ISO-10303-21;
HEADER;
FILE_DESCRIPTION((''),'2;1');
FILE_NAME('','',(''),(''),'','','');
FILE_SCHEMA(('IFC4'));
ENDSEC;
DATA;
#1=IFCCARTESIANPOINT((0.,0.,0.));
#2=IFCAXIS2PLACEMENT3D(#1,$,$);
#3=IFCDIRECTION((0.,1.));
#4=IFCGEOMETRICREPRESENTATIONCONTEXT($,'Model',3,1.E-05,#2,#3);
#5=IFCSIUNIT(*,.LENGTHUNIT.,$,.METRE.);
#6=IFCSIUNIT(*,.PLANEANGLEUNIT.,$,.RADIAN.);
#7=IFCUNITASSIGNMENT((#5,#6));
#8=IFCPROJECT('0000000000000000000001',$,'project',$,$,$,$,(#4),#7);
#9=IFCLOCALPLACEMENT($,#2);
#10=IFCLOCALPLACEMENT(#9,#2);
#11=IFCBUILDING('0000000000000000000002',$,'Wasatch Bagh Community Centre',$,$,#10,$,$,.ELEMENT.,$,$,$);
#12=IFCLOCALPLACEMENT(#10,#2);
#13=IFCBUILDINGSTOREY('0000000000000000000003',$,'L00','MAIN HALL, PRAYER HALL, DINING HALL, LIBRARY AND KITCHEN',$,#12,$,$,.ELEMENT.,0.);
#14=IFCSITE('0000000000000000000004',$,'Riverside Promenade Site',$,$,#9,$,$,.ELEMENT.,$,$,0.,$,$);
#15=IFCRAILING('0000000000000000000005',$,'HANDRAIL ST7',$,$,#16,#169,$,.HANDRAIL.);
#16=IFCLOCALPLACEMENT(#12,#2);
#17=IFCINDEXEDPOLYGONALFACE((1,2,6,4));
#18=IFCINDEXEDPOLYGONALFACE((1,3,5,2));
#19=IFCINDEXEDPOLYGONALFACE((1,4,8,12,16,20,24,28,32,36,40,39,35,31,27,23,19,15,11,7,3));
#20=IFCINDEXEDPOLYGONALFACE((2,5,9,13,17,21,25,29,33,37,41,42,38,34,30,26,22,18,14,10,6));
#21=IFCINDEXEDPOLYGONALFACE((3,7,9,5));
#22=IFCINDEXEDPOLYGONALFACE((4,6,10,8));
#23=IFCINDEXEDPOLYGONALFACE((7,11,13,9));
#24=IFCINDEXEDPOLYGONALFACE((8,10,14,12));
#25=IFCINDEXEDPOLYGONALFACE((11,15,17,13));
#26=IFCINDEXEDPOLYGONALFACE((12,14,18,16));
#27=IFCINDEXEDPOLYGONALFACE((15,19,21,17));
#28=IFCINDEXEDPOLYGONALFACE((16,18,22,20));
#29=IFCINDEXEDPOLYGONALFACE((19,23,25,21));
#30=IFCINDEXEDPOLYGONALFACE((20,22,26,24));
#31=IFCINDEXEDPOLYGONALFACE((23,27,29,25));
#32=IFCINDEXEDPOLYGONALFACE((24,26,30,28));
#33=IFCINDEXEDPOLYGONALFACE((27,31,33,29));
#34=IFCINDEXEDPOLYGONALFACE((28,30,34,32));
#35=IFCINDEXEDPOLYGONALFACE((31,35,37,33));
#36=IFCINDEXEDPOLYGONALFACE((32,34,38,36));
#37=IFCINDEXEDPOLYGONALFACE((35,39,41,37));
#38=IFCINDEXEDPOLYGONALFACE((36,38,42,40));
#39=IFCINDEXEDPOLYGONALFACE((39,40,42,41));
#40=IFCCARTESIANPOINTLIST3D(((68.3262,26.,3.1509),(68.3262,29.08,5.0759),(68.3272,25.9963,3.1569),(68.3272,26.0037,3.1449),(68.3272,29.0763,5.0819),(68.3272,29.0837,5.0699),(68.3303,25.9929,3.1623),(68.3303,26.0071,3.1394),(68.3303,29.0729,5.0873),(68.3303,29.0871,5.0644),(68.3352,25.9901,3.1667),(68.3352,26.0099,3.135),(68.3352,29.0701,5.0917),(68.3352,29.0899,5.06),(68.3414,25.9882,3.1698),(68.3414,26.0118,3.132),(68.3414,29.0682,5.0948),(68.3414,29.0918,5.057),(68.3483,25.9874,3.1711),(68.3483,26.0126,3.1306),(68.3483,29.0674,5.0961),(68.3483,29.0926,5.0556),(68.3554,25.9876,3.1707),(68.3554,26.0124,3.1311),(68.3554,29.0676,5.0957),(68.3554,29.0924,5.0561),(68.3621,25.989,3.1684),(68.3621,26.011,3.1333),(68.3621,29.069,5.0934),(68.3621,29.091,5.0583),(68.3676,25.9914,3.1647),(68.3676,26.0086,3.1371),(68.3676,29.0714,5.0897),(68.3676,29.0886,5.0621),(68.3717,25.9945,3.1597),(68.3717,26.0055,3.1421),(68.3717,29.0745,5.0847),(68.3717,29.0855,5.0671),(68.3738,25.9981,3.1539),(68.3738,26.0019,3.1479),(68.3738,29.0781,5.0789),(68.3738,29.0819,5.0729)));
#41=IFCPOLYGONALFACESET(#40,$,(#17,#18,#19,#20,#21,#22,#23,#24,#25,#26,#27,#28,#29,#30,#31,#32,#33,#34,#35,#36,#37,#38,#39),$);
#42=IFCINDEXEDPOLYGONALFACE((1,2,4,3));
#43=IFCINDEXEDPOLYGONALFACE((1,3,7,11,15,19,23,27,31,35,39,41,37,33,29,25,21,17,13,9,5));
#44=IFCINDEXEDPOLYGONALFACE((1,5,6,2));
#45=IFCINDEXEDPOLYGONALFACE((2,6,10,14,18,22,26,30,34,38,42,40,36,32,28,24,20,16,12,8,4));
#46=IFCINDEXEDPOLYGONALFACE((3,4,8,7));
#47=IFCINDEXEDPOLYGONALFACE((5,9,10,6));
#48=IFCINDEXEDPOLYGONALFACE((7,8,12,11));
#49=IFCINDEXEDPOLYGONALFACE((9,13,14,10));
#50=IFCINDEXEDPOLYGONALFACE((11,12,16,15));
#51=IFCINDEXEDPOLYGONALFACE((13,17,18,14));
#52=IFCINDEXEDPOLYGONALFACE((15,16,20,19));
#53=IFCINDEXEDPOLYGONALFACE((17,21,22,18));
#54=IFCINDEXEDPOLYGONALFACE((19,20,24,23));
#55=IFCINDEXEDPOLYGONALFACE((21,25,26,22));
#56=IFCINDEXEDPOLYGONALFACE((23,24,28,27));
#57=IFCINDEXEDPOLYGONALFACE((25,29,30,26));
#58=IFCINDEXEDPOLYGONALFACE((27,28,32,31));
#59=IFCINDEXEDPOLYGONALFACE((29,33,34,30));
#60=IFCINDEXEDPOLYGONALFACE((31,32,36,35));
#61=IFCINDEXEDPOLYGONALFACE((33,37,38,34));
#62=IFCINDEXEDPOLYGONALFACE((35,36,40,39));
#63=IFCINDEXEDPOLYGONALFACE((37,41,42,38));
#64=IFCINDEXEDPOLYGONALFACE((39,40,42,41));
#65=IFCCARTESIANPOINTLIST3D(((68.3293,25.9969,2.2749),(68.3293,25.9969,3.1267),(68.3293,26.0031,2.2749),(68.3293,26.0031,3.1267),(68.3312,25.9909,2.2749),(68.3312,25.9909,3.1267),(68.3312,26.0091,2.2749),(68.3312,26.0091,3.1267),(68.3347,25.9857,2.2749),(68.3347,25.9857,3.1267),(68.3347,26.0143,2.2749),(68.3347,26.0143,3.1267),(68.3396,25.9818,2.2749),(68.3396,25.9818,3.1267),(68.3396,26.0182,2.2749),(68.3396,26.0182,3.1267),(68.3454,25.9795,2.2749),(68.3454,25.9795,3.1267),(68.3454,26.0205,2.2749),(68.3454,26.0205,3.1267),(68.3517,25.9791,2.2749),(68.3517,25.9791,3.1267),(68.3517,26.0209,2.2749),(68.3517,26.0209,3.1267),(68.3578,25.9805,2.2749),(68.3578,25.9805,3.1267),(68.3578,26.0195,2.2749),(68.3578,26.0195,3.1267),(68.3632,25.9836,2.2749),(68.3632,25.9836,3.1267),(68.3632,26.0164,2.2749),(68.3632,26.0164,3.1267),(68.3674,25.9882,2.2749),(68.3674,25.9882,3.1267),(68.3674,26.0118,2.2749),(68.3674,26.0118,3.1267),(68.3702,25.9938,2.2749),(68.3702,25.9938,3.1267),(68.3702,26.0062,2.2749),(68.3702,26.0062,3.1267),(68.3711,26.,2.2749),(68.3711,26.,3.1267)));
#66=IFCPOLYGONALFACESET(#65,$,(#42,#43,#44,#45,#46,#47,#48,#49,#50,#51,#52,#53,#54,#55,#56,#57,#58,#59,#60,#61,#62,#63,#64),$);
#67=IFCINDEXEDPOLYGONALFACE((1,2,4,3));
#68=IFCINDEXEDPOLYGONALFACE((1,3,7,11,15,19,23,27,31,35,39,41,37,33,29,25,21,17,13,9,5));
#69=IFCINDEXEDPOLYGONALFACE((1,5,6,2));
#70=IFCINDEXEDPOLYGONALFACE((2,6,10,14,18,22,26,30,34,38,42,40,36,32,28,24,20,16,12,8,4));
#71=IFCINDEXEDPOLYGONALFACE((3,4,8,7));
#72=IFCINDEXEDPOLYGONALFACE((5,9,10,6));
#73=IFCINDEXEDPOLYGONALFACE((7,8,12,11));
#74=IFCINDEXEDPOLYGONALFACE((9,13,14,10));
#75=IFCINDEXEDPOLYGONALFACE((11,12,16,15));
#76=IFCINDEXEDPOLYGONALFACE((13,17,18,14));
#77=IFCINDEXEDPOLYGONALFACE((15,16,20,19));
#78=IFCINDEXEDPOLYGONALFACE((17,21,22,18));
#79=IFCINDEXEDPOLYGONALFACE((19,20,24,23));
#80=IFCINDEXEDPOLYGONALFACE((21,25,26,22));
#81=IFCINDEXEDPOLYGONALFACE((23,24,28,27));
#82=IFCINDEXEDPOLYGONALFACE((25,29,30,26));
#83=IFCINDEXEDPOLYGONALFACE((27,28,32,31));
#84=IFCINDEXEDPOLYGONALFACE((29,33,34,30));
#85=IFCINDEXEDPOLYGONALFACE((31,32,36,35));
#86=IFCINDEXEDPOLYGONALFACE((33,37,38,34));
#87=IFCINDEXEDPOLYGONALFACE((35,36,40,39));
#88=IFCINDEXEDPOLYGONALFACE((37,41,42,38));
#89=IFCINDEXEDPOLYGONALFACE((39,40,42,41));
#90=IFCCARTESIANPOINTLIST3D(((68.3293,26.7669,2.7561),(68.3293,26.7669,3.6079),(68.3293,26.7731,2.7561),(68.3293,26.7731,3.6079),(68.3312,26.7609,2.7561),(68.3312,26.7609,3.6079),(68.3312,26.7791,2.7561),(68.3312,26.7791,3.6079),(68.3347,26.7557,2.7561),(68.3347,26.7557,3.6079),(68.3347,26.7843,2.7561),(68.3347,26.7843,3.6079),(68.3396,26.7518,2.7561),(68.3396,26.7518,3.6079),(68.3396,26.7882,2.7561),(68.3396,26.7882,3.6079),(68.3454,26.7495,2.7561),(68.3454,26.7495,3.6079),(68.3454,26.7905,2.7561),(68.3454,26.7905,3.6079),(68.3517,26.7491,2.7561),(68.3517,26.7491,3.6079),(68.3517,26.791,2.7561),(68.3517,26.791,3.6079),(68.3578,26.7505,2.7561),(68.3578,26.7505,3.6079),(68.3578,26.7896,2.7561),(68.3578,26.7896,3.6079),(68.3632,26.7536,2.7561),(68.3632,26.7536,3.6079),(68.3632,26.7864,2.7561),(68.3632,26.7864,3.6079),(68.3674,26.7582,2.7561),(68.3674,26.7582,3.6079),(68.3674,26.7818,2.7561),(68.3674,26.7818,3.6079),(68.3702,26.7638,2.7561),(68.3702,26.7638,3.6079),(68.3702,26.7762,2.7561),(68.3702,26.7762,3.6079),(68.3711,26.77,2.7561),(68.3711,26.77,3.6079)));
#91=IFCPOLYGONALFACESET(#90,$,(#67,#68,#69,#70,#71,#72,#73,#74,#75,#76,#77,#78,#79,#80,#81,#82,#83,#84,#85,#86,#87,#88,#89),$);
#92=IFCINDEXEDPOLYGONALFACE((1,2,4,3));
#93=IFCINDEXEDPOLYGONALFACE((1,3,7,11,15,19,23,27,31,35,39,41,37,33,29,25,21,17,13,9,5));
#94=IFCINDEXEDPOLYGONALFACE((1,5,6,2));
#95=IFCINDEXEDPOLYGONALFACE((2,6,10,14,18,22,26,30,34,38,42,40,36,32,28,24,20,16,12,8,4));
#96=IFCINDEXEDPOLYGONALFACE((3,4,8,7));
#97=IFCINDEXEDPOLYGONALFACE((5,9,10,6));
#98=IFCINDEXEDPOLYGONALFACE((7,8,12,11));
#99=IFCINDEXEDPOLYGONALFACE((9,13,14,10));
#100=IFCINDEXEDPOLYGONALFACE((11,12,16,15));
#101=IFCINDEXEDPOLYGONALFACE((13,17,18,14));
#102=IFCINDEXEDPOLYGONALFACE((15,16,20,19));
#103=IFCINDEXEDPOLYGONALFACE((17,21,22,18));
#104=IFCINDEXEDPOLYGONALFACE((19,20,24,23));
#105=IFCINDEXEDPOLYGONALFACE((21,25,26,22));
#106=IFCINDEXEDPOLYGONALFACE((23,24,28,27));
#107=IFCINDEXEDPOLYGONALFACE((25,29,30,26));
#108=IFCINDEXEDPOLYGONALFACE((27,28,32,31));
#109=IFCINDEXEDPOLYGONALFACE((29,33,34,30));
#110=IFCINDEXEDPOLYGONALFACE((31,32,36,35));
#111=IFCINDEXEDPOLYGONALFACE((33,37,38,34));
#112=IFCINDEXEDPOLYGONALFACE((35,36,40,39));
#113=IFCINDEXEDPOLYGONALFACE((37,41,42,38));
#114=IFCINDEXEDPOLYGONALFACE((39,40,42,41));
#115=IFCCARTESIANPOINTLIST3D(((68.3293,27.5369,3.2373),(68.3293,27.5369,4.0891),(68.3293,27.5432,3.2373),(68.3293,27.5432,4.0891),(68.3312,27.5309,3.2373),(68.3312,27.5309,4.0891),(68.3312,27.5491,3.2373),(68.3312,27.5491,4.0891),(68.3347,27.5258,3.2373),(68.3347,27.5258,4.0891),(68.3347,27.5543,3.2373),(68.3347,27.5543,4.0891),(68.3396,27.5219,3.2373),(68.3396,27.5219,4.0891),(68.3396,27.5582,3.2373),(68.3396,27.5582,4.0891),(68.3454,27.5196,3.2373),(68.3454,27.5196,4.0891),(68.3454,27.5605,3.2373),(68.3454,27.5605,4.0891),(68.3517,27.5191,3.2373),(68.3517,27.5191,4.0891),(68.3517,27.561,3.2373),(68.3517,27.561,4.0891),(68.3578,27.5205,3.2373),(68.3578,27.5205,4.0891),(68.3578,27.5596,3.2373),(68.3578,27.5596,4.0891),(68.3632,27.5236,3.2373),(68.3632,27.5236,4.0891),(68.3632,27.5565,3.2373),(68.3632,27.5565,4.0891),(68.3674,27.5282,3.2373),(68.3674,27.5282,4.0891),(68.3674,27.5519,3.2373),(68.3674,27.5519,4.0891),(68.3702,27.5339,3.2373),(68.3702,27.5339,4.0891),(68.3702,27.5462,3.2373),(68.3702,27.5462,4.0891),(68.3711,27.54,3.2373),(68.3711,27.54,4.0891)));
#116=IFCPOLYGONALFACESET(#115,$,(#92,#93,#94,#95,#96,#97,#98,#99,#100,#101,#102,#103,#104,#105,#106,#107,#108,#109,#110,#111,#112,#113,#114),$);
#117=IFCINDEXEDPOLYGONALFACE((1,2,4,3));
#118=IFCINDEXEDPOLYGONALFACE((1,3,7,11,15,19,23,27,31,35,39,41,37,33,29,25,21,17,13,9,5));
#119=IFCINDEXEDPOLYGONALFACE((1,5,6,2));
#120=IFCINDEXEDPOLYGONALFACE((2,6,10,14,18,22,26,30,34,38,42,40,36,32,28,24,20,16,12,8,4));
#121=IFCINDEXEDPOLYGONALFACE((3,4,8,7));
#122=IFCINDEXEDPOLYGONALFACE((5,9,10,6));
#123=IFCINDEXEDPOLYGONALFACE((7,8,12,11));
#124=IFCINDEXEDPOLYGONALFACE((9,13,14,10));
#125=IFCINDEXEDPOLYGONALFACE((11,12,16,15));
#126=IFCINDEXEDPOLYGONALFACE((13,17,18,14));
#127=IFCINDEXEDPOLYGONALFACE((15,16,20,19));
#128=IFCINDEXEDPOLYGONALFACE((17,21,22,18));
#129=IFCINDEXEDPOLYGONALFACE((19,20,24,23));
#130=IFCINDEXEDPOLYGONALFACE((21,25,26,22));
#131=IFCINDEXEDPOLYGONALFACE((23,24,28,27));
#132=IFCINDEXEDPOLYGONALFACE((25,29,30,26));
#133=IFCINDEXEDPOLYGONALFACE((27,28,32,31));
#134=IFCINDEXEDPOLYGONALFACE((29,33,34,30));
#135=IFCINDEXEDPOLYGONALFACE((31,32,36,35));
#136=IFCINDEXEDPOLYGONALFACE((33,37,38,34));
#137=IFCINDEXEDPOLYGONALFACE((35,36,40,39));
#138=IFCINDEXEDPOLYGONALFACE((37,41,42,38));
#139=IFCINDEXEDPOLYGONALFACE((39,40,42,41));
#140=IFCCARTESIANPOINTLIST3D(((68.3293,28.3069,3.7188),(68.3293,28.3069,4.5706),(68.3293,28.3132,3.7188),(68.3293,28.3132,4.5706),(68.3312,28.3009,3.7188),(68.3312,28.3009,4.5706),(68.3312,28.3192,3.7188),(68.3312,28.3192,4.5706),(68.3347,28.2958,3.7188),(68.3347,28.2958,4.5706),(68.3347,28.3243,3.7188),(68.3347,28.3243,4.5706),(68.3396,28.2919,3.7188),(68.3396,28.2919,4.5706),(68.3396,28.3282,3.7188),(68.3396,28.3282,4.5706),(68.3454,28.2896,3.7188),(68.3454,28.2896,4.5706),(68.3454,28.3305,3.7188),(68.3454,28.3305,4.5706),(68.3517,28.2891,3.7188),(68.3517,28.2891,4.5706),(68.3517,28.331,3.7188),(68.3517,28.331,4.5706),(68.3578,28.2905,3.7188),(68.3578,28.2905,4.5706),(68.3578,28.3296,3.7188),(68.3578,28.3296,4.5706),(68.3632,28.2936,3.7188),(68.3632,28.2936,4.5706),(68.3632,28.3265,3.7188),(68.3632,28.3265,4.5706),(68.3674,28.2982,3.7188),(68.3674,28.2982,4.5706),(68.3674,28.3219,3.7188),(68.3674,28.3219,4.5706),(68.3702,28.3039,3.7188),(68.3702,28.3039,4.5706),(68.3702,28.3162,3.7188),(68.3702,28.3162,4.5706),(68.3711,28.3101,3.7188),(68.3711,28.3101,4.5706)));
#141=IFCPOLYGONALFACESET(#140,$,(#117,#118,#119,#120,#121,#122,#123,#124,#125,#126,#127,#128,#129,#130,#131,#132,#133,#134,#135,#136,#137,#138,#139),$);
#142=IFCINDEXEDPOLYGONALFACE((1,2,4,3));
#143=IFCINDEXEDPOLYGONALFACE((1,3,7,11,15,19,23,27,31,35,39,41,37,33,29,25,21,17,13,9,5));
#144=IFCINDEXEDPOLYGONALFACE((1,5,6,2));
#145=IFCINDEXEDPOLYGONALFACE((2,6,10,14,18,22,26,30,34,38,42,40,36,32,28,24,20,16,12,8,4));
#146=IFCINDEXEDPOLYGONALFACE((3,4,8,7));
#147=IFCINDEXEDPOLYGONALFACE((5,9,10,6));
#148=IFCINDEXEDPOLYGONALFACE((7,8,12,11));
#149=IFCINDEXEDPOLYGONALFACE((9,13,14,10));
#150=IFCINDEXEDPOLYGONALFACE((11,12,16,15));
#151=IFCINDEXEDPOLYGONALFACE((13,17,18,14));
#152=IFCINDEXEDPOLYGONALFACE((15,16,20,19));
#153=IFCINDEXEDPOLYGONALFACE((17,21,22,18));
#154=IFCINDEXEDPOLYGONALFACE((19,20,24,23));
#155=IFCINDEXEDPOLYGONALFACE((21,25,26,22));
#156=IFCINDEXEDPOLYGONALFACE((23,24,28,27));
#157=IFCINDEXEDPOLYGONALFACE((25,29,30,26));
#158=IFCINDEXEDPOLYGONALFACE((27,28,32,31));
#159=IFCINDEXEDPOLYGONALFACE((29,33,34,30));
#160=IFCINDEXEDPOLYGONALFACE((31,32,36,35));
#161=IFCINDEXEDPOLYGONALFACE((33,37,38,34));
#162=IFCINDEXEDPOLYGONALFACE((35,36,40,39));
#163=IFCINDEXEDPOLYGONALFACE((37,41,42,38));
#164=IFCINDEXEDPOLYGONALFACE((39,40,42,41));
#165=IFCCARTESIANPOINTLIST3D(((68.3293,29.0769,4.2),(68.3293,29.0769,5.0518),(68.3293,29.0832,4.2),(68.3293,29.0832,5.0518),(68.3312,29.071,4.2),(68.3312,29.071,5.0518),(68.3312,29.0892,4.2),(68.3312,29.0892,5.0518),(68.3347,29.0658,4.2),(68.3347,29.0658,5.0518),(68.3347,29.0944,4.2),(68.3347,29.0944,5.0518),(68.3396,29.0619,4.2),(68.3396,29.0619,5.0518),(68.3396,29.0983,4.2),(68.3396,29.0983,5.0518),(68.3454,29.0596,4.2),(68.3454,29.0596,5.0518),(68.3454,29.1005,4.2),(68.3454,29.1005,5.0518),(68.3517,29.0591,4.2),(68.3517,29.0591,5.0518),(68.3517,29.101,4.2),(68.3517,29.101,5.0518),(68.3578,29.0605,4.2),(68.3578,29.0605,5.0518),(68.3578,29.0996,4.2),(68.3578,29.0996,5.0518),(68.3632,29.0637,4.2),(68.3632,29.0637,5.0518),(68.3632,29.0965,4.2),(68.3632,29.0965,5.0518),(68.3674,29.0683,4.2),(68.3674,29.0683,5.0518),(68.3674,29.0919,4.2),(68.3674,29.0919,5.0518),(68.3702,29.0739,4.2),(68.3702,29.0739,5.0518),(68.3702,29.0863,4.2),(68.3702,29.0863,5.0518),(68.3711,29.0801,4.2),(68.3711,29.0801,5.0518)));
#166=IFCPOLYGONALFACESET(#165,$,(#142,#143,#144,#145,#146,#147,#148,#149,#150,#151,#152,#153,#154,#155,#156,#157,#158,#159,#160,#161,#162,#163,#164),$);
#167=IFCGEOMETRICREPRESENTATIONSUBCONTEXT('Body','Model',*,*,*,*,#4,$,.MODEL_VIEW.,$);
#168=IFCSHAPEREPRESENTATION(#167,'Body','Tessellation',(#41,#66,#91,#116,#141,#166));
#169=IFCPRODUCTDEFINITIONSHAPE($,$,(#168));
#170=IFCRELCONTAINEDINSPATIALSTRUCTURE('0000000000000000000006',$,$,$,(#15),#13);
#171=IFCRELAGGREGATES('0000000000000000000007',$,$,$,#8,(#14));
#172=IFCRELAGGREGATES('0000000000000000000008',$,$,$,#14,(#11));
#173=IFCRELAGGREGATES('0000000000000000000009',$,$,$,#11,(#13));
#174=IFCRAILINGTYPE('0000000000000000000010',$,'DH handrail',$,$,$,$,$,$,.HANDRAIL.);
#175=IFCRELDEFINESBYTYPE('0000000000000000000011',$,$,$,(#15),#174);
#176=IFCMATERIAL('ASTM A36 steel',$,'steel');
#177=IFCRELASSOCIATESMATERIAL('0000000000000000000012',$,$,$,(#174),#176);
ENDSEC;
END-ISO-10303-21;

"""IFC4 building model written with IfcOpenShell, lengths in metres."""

from ifc_helpers import new_model, si_unit, direction, frame, origin, origin_2d, place, context, subcontext, project, spatial, circle, extrude, material, type_object, element, save


model = new_model("IFC4")

# Units and contexts
model_context = context("Model", 3, precision=1e-05, world=origin(), true_north=direction((0.0, 1.0)))
body_context = subcontext(model_context, "Body", "Model", "MODEL_VIEW")
ifc_project = project(units=[si_unit("LENGTHUNIT", "METRE"), si_unit("PLANEANGLEUNIT", "RADIAN")], contexts=[model_context])

# Site, building, storey
site_placement = place(None, origin())
site = spatial("IfcSite", under=ifc_project, at=site_placement, Name="Riverside Promenade Site", CompositionType="ELEMENT", RefElevation=0.0)
building_placement = place(site_placement, origin())
building = spatial("IfcBuilding", under=site, at=building_placement, Name="Wasatch Bagh Community Centre", CompositionType="ELEMENT")
storey_placement = place(building_placement, origin())
storey = spatial("IfcBuildingStorey", under=building, at=storey_placement, Name="L00", Description="MAIN HALL, PRAYER HALL, DINING HALL, LIBRARY AND KITCHEN", CompositionType="ELEMENT", Elevation=0.0)

# Railing
ifc_material_1 = material(Name="ASTM A36 steel", Category="steel")
railing_type_1 = type_object("IfcRailingType", Name="DH handrail", PredefinedType="HANDRAIL", material=ifc_material_1)
for number, where, name in (
    (1, (68.3501, 26.0, 2.2749), "HANDRAIL ST7"),
):
    element("IfcRailing", number, at=place(storey_placement, frame(where)), inside=storey, type_object=railing_type_1, Name=name, PredefinedType="HANDRAIL", context=body_context, shape_type="SweptSolid", body=[
        extrude(circle(Radius=0.0239, at=origin_2d()), frame((0.0, 0.0, 0.876), z_axis=(0.0, 0.847998, 0.529999), x_axis=(-1.0, 0.0, 0.0)), (0.0, 0.0, 1.0), 3.6321),
        extrude(circle(Radius=0.021, at=origin_2d()), origin(), (0.0, 0.0, 1.0), 0.8518),
        extrude(circle(Radius=0.021, at=origin_2d()), frame((0.0, 0.77, 0.4812)), (0.0, 0.0, 1.0), 0.8518),
        extrude(circle(Radius=0.021, at=origin_2d()), frame((0.0, 1.54, 0.9624)), (0.0, 0.0, 1.0), 0.8518),
        extrude(circle(Radius=0.021, at=origin_2d()), frame((0.0, 2.3101, 1.4438)), (0.0, 0.0, 1.0), 0.8518),
        extrude(circle(Radius=0.021, at=origin_2d()), frame((0.0, 3.0801, 1.925)), (0.0, 0.0, 1.0), 0.8518),
    ])

save(model, "model.ifc")
